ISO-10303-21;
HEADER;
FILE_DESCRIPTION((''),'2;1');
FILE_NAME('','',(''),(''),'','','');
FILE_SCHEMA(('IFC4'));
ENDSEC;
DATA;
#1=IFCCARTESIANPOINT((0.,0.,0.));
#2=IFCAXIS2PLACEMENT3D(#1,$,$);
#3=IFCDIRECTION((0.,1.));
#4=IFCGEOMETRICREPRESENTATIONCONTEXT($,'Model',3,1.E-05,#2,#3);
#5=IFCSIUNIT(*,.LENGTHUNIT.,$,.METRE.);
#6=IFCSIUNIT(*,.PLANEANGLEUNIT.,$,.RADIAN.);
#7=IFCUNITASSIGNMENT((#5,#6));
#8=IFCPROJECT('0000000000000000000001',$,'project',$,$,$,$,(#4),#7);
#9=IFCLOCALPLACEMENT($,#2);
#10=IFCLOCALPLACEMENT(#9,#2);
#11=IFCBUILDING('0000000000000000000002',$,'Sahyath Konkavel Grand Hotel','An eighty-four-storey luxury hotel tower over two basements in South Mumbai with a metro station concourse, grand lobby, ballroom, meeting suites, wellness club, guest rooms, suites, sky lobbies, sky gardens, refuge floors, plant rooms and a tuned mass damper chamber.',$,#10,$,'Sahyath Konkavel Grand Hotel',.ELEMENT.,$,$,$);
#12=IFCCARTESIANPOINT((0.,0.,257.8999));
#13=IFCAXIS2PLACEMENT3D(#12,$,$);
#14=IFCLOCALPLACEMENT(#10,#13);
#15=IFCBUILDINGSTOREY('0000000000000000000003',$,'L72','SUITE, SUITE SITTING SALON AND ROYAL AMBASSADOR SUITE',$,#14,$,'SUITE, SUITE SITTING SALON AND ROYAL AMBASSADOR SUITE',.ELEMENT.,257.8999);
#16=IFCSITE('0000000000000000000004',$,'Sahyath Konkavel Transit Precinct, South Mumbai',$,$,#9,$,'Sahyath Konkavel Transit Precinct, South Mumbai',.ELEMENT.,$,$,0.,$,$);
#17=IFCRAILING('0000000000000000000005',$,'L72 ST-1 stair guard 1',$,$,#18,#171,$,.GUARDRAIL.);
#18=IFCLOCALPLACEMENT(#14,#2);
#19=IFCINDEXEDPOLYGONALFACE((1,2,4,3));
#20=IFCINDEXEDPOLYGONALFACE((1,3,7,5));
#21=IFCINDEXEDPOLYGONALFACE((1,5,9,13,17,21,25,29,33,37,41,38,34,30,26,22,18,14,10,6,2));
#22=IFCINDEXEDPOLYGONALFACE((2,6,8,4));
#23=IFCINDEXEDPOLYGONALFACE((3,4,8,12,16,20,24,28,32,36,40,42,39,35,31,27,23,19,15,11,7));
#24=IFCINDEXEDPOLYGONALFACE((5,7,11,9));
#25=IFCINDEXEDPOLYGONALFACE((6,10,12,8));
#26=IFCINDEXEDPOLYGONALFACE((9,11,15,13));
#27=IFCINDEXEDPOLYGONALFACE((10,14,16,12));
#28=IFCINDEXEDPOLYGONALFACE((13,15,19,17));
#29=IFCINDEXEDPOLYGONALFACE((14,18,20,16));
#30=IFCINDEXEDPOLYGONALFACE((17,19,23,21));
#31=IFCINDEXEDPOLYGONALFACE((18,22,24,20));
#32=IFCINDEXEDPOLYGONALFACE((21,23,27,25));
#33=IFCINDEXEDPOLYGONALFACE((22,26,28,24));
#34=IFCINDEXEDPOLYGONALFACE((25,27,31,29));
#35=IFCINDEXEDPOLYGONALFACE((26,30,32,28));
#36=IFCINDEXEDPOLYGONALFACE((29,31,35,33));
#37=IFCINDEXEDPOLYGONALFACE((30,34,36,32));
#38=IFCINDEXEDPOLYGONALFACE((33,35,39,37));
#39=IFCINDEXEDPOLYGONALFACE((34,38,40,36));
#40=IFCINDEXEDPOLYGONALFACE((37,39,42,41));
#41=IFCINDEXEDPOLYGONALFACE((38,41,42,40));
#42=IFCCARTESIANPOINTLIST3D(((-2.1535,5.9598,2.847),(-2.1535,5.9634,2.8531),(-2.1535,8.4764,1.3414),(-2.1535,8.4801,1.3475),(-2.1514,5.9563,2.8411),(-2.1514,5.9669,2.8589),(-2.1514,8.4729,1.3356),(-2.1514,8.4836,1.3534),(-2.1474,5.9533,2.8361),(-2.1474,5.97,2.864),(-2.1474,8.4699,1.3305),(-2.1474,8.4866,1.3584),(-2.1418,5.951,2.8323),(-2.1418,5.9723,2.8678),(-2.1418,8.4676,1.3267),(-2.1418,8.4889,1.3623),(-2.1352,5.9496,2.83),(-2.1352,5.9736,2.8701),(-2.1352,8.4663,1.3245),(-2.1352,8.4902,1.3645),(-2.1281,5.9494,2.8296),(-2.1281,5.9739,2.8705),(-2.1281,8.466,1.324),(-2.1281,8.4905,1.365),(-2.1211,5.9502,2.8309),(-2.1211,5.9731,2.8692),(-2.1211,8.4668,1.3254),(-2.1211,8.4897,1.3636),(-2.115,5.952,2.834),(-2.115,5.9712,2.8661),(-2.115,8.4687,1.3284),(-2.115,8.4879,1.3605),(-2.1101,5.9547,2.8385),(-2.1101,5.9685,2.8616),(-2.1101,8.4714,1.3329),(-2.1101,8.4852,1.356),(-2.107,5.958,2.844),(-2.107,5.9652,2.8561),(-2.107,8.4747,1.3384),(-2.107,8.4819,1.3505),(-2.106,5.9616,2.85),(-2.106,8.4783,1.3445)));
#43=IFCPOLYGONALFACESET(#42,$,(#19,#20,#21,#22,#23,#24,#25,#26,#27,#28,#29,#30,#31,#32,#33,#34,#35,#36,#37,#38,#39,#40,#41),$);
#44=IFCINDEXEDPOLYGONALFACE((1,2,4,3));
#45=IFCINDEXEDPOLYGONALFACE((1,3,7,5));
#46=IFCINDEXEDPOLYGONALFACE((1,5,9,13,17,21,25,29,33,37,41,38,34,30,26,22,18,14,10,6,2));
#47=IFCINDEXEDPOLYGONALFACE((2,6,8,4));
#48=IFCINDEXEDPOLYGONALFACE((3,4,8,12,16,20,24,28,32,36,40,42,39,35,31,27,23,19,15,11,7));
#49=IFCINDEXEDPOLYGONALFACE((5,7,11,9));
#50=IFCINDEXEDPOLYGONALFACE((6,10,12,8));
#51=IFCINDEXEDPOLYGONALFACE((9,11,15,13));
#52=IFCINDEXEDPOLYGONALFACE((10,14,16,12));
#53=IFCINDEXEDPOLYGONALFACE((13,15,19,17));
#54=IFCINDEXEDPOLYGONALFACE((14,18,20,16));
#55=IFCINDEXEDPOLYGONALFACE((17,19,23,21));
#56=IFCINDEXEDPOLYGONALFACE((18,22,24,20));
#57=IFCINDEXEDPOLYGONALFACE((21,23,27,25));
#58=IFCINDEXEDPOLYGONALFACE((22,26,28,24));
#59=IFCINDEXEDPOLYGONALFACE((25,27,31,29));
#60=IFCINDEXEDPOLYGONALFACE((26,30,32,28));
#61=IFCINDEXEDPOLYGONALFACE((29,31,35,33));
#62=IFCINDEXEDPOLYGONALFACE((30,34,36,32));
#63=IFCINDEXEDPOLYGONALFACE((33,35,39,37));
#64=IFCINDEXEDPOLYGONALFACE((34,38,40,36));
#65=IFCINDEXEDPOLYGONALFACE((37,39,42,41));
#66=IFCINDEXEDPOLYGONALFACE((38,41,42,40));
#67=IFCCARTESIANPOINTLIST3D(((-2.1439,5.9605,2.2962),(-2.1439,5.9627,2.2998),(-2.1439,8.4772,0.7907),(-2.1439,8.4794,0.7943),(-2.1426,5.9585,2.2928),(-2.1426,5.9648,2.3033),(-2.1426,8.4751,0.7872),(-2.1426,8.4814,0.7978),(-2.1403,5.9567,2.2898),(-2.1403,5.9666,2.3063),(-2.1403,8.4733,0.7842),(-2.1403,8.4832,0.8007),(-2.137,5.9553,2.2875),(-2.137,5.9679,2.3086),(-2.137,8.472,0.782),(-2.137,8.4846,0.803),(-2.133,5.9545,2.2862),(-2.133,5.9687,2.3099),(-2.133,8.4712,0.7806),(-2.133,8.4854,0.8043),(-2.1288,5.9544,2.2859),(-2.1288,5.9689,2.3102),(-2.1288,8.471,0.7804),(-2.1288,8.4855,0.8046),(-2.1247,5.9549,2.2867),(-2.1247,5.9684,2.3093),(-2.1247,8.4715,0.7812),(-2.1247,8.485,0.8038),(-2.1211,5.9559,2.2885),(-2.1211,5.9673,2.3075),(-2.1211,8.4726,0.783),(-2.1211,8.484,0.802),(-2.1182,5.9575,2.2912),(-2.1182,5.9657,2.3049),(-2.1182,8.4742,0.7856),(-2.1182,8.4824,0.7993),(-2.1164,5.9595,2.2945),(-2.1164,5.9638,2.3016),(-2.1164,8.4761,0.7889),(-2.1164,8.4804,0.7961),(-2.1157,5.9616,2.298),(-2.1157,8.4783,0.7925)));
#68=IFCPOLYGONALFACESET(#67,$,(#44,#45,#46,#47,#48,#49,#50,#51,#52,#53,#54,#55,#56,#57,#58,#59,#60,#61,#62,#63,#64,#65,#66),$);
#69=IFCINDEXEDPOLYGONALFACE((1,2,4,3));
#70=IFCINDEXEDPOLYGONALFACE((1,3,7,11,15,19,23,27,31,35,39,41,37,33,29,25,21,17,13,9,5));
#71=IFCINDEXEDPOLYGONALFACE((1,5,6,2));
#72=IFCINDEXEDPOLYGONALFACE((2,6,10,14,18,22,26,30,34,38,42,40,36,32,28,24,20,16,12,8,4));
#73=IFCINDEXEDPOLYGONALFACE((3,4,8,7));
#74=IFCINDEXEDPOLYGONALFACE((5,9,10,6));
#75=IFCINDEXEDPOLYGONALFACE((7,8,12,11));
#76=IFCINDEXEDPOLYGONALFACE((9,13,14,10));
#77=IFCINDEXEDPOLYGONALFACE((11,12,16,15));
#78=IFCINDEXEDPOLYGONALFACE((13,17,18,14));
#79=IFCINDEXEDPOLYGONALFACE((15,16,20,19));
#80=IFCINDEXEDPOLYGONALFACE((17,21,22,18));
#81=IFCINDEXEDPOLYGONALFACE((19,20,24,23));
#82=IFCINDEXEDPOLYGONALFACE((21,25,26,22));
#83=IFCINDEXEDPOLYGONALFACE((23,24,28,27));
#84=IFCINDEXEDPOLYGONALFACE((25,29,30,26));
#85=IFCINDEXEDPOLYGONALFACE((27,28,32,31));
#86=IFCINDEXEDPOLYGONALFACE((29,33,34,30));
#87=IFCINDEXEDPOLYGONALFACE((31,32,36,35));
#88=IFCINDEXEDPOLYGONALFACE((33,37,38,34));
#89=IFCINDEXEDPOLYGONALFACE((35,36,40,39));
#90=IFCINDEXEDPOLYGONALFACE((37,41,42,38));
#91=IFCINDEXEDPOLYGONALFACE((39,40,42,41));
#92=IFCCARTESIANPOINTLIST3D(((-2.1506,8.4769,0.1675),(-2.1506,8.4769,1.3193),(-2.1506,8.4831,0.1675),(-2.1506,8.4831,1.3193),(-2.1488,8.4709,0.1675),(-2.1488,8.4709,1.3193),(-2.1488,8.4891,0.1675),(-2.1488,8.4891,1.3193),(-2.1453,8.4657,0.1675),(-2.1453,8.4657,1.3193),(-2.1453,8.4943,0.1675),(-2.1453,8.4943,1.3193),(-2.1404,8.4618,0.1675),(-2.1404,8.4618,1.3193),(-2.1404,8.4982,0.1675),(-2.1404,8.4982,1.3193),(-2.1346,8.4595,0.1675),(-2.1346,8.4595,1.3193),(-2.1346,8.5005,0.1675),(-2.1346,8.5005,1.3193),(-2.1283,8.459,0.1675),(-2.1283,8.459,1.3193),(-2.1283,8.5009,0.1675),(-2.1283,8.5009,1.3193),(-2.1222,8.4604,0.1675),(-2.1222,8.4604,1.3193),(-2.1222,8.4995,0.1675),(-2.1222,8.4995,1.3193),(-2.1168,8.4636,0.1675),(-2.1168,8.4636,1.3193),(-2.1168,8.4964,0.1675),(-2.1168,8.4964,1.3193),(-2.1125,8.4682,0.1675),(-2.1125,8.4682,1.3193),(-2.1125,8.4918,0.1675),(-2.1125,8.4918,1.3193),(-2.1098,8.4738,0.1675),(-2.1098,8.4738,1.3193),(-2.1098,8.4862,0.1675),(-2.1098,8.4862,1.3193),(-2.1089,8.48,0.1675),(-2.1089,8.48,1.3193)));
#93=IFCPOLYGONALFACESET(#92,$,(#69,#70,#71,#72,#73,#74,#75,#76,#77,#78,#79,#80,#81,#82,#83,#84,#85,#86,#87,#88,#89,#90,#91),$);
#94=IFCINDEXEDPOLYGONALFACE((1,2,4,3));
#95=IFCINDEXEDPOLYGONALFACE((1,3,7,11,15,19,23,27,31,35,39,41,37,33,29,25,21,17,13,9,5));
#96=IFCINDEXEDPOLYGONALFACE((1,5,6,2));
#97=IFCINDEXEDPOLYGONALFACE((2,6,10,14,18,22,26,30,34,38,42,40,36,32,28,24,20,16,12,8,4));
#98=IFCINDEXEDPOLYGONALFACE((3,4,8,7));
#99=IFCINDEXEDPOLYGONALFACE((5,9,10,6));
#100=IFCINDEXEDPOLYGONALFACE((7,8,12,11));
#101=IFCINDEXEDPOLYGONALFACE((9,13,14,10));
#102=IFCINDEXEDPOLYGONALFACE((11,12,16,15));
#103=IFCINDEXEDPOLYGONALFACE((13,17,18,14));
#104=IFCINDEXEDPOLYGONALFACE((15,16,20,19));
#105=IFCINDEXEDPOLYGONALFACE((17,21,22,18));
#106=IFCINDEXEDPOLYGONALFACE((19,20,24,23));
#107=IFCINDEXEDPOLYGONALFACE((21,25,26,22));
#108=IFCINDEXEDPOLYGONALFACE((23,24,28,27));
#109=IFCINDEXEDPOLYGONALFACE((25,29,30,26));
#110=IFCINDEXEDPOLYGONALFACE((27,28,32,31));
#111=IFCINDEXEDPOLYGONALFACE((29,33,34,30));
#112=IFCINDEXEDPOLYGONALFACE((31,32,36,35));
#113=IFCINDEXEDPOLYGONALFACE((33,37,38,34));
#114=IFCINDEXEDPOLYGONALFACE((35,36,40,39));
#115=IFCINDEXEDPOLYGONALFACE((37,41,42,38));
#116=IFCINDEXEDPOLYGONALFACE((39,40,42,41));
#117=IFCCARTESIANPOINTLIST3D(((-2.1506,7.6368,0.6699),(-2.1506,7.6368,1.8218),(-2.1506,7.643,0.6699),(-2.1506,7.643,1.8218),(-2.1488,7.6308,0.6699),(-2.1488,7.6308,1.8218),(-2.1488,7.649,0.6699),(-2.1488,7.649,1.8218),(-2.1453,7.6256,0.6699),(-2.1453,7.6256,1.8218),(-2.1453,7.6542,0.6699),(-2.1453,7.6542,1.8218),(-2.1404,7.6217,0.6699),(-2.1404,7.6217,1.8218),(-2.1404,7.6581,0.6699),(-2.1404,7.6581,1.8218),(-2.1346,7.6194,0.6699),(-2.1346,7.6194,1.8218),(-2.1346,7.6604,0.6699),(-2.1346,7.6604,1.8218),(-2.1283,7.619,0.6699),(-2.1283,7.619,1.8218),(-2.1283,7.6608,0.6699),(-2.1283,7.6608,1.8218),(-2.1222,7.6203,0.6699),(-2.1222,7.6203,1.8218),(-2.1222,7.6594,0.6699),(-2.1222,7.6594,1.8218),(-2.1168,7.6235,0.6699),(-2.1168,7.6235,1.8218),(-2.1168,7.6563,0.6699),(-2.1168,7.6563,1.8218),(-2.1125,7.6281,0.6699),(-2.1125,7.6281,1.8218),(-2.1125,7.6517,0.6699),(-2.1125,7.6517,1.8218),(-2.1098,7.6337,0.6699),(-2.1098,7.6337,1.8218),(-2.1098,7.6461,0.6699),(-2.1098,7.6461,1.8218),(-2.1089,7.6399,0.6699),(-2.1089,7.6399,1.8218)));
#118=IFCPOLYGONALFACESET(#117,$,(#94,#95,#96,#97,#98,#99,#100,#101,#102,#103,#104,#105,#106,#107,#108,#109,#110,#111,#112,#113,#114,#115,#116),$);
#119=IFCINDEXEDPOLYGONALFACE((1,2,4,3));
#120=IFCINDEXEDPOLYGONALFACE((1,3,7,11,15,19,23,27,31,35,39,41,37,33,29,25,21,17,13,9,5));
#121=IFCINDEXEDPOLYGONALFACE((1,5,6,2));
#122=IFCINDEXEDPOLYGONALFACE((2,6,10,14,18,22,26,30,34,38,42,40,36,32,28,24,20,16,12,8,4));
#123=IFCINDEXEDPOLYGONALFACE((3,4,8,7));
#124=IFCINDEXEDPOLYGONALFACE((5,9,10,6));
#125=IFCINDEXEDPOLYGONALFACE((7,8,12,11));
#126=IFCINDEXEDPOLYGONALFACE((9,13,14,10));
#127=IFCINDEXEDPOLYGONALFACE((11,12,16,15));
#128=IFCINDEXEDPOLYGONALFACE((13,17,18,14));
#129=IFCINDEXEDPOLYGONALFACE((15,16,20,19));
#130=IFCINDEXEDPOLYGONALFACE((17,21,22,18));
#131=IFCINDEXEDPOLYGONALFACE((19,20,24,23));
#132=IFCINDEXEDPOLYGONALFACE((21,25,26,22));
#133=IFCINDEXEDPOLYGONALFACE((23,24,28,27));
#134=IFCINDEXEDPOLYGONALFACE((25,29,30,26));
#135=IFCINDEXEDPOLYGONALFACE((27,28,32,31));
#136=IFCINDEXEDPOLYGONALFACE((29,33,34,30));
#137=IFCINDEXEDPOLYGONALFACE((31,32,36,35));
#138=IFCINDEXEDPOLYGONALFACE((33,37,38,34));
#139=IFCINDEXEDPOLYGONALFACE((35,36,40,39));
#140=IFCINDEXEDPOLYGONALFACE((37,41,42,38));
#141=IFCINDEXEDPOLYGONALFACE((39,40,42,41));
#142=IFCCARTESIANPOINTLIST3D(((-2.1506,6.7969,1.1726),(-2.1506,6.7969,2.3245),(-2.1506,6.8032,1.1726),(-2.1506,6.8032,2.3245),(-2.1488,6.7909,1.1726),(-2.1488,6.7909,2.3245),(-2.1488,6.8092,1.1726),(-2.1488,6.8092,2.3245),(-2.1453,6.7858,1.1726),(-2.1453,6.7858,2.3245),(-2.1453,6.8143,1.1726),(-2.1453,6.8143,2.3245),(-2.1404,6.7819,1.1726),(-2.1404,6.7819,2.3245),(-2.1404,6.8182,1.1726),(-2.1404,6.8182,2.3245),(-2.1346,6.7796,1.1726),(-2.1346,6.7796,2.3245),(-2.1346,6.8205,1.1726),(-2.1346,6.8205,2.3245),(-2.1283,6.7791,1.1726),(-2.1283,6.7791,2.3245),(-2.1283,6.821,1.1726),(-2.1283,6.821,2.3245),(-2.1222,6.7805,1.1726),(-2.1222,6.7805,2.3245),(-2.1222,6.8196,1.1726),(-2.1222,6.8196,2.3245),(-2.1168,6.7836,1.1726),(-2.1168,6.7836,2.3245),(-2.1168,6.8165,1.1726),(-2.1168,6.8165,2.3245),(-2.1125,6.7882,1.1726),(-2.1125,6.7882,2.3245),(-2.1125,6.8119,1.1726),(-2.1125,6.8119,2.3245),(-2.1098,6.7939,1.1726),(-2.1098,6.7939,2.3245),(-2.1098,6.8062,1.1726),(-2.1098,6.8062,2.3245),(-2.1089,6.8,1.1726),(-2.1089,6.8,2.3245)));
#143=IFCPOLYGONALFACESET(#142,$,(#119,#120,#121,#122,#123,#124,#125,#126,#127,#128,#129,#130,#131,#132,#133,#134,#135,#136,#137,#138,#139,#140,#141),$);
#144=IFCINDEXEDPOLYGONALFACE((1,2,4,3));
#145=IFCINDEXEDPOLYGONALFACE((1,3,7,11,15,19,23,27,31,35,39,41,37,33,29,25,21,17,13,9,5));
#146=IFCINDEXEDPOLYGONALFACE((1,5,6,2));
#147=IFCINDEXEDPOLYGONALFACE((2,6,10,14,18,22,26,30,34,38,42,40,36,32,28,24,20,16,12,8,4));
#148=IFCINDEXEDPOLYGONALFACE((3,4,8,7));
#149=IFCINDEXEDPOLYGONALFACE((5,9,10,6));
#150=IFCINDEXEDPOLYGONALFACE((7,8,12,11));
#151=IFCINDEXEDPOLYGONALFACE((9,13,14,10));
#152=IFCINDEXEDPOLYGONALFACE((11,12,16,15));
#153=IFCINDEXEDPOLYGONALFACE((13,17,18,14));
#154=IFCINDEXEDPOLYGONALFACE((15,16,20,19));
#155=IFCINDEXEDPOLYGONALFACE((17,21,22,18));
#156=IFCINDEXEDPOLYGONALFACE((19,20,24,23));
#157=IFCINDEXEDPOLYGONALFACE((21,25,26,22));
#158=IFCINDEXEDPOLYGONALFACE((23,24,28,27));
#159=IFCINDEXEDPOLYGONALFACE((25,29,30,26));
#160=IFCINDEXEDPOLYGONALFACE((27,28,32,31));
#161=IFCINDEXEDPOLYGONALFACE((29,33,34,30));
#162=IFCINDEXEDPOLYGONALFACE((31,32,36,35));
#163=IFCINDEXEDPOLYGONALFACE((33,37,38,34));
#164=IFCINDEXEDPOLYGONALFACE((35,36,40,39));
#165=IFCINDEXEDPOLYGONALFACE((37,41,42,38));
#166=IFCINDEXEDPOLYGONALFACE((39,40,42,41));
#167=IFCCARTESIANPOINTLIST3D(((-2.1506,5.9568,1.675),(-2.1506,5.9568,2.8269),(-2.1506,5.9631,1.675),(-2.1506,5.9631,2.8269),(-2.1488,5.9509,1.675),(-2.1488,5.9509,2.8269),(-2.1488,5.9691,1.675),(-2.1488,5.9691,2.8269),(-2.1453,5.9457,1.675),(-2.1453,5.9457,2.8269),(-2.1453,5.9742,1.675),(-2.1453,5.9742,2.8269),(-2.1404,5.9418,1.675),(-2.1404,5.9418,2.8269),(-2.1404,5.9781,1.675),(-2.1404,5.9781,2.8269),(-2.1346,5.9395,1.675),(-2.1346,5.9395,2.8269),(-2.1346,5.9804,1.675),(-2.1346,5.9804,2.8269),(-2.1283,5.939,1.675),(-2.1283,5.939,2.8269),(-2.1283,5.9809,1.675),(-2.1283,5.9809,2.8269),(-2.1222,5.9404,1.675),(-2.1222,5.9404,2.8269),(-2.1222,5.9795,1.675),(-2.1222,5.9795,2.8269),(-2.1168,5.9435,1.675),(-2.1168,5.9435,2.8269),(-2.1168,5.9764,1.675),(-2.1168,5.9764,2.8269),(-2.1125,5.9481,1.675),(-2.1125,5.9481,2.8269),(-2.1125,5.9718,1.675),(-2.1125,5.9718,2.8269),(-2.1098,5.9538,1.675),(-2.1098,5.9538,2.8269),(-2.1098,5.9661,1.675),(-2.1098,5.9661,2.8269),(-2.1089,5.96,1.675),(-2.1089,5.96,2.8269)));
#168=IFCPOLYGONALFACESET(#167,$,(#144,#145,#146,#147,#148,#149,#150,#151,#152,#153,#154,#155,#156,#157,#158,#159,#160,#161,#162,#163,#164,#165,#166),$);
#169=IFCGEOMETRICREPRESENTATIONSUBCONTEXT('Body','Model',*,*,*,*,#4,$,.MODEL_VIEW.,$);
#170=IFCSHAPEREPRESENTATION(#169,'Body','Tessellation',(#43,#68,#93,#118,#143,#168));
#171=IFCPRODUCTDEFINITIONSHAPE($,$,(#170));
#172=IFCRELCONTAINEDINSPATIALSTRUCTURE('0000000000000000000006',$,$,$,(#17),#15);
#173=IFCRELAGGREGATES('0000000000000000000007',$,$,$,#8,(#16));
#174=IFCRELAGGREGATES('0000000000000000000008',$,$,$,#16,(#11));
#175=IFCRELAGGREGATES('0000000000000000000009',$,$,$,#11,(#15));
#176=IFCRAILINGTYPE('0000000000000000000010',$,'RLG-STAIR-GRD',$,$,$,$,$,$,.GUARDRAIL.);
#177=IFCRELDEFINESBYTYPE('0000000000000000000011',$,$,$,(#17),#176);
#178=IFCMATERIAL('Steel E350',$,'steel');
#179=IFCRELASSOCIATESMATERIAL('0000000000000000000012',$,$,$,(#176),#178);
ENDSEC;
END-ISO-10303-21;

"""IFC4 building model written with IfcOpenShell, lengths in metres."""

from ifc_helpers import new_model, si_unit, direction, frame, origin, origin_2d, place, context, subcontext, project, spatial, circle, extrude, material, type_object, element, save


model = new_model("IFC4")

# Units and contexts
model_context = context("Model", 3, precision=1e-05, world=origin(), true_north=direction((0.0, 1.0)))
body_context = subcontext(model_context, "Body", "Model", "MODEL_VIEW")
ifc_project = project(units=[si_unit("LENGTHUNIT", "METRE"), si_unit("PLANEANGLEUNIT", "RADIAN")], contexts=[model_context])

# Site, building, storey
site_placement = place(None, origin())
site = spatial("IfcSite", under=ifc_project, at=site_placement, Name="Sahyath Konkavel Transit Precinct, South Mumbai", LongName="Sahyath Konkavel Transit Precinct, South Mumbai", CompositionType="ELEMENT", RefElevation=0.0)
building_placement = place(site_placement, origin())
building = spatial("IfcBuilding", under=site, at=building_placement, Name="Sahyath Konkavel Grand Hotel", Description="An eighty-four-storey luxury hotel tower over two basements in South Mumbai with a metro station concourse, grand lobby, ballroom, meeting suites, wellness club, guest rooms, suites, sky lobbies, sky gardens, refuge floors, plant rooms and a tuned mass damper chamber.", LongName="Sahyath Konkavel Grand Hotel", CompositionType="ELEMENT")
storey_placement = place(building_placement, frame((0.0, 0.0, 257.8999)))
storey = spatial("IfcBuildingStorey", under=building, at=storey_placement, Name="L72", Description="SUITE, SUITE SITTING SALON AND ROYAL AMBASSADOR SUITE", LongName="SUITE, SUITE SITTING SALON AND ROYAL AMBASSADOR SUITE", CompositionType="ELEMENT", Elevation=257.8999)

# Shared definitions
ifc_material_1 = material(Name="Steel E350", Category="steel")

# Railing
railing_type_1 = type_object("IfcRailingType", Name="RLG-STAIR-GRD", PredefinedType="GUARDRAIL", material=ifc_material_1)
railing_1_placement = place(storey_placement, frame((-2.1299, 8.48, 0.1675)))
element("IfcRailing", 1, at=railing_1_placement, inside=storey, type_object=railing_type_1, Name="L72 ST-1 stair guard 1", PredefinedType="GUARDRAIL", context=body_context, shape_type="SweptSolid", body=[
    extrude(circle(Radius=0.0239, at=origin_2d()), frame((0.0, -0.0017, 1.177), z_axis=(0.0, -0.85816, 0.513383), x_axis=(1.0, 0.0, 0.0)), (0.0, 0.0, 1.0), 2.9326),
    extrude(circle(Radius=0.0142, at=origin_2d()), frame((0.0, -0.0017, 0.625), z_axis=(0.0, -0.85816, 0.513383), x_axis=(1.0, 0.0, 0.0)), (0.0, 0.0, 1.0), 2.9326),
    extrude(circle(Radius=0.021, at=origin_2d()), origin(), (0.0, 0.0, 1.0), 1.1519),
    extrude(circle(Radius=0.021, at=origin_2d()), frame((0.0, -0.8401, 0.5024)), (0.0, 0.0, 1.0), 1.1519),
    extrude(circle(Radius=0.021, at=origin_2d()), frame((0.0, -1.6799, 1.0051)), (0.0, 0.0, 1.0), 1.1519),
    extrude(circle(Radius=0.021, at=origin_2d()), frame((0.0, -2.52, 1.5076)), (0.0, 0.0, 1.0), 1.1519),
])

save(model, "model.ifc")
